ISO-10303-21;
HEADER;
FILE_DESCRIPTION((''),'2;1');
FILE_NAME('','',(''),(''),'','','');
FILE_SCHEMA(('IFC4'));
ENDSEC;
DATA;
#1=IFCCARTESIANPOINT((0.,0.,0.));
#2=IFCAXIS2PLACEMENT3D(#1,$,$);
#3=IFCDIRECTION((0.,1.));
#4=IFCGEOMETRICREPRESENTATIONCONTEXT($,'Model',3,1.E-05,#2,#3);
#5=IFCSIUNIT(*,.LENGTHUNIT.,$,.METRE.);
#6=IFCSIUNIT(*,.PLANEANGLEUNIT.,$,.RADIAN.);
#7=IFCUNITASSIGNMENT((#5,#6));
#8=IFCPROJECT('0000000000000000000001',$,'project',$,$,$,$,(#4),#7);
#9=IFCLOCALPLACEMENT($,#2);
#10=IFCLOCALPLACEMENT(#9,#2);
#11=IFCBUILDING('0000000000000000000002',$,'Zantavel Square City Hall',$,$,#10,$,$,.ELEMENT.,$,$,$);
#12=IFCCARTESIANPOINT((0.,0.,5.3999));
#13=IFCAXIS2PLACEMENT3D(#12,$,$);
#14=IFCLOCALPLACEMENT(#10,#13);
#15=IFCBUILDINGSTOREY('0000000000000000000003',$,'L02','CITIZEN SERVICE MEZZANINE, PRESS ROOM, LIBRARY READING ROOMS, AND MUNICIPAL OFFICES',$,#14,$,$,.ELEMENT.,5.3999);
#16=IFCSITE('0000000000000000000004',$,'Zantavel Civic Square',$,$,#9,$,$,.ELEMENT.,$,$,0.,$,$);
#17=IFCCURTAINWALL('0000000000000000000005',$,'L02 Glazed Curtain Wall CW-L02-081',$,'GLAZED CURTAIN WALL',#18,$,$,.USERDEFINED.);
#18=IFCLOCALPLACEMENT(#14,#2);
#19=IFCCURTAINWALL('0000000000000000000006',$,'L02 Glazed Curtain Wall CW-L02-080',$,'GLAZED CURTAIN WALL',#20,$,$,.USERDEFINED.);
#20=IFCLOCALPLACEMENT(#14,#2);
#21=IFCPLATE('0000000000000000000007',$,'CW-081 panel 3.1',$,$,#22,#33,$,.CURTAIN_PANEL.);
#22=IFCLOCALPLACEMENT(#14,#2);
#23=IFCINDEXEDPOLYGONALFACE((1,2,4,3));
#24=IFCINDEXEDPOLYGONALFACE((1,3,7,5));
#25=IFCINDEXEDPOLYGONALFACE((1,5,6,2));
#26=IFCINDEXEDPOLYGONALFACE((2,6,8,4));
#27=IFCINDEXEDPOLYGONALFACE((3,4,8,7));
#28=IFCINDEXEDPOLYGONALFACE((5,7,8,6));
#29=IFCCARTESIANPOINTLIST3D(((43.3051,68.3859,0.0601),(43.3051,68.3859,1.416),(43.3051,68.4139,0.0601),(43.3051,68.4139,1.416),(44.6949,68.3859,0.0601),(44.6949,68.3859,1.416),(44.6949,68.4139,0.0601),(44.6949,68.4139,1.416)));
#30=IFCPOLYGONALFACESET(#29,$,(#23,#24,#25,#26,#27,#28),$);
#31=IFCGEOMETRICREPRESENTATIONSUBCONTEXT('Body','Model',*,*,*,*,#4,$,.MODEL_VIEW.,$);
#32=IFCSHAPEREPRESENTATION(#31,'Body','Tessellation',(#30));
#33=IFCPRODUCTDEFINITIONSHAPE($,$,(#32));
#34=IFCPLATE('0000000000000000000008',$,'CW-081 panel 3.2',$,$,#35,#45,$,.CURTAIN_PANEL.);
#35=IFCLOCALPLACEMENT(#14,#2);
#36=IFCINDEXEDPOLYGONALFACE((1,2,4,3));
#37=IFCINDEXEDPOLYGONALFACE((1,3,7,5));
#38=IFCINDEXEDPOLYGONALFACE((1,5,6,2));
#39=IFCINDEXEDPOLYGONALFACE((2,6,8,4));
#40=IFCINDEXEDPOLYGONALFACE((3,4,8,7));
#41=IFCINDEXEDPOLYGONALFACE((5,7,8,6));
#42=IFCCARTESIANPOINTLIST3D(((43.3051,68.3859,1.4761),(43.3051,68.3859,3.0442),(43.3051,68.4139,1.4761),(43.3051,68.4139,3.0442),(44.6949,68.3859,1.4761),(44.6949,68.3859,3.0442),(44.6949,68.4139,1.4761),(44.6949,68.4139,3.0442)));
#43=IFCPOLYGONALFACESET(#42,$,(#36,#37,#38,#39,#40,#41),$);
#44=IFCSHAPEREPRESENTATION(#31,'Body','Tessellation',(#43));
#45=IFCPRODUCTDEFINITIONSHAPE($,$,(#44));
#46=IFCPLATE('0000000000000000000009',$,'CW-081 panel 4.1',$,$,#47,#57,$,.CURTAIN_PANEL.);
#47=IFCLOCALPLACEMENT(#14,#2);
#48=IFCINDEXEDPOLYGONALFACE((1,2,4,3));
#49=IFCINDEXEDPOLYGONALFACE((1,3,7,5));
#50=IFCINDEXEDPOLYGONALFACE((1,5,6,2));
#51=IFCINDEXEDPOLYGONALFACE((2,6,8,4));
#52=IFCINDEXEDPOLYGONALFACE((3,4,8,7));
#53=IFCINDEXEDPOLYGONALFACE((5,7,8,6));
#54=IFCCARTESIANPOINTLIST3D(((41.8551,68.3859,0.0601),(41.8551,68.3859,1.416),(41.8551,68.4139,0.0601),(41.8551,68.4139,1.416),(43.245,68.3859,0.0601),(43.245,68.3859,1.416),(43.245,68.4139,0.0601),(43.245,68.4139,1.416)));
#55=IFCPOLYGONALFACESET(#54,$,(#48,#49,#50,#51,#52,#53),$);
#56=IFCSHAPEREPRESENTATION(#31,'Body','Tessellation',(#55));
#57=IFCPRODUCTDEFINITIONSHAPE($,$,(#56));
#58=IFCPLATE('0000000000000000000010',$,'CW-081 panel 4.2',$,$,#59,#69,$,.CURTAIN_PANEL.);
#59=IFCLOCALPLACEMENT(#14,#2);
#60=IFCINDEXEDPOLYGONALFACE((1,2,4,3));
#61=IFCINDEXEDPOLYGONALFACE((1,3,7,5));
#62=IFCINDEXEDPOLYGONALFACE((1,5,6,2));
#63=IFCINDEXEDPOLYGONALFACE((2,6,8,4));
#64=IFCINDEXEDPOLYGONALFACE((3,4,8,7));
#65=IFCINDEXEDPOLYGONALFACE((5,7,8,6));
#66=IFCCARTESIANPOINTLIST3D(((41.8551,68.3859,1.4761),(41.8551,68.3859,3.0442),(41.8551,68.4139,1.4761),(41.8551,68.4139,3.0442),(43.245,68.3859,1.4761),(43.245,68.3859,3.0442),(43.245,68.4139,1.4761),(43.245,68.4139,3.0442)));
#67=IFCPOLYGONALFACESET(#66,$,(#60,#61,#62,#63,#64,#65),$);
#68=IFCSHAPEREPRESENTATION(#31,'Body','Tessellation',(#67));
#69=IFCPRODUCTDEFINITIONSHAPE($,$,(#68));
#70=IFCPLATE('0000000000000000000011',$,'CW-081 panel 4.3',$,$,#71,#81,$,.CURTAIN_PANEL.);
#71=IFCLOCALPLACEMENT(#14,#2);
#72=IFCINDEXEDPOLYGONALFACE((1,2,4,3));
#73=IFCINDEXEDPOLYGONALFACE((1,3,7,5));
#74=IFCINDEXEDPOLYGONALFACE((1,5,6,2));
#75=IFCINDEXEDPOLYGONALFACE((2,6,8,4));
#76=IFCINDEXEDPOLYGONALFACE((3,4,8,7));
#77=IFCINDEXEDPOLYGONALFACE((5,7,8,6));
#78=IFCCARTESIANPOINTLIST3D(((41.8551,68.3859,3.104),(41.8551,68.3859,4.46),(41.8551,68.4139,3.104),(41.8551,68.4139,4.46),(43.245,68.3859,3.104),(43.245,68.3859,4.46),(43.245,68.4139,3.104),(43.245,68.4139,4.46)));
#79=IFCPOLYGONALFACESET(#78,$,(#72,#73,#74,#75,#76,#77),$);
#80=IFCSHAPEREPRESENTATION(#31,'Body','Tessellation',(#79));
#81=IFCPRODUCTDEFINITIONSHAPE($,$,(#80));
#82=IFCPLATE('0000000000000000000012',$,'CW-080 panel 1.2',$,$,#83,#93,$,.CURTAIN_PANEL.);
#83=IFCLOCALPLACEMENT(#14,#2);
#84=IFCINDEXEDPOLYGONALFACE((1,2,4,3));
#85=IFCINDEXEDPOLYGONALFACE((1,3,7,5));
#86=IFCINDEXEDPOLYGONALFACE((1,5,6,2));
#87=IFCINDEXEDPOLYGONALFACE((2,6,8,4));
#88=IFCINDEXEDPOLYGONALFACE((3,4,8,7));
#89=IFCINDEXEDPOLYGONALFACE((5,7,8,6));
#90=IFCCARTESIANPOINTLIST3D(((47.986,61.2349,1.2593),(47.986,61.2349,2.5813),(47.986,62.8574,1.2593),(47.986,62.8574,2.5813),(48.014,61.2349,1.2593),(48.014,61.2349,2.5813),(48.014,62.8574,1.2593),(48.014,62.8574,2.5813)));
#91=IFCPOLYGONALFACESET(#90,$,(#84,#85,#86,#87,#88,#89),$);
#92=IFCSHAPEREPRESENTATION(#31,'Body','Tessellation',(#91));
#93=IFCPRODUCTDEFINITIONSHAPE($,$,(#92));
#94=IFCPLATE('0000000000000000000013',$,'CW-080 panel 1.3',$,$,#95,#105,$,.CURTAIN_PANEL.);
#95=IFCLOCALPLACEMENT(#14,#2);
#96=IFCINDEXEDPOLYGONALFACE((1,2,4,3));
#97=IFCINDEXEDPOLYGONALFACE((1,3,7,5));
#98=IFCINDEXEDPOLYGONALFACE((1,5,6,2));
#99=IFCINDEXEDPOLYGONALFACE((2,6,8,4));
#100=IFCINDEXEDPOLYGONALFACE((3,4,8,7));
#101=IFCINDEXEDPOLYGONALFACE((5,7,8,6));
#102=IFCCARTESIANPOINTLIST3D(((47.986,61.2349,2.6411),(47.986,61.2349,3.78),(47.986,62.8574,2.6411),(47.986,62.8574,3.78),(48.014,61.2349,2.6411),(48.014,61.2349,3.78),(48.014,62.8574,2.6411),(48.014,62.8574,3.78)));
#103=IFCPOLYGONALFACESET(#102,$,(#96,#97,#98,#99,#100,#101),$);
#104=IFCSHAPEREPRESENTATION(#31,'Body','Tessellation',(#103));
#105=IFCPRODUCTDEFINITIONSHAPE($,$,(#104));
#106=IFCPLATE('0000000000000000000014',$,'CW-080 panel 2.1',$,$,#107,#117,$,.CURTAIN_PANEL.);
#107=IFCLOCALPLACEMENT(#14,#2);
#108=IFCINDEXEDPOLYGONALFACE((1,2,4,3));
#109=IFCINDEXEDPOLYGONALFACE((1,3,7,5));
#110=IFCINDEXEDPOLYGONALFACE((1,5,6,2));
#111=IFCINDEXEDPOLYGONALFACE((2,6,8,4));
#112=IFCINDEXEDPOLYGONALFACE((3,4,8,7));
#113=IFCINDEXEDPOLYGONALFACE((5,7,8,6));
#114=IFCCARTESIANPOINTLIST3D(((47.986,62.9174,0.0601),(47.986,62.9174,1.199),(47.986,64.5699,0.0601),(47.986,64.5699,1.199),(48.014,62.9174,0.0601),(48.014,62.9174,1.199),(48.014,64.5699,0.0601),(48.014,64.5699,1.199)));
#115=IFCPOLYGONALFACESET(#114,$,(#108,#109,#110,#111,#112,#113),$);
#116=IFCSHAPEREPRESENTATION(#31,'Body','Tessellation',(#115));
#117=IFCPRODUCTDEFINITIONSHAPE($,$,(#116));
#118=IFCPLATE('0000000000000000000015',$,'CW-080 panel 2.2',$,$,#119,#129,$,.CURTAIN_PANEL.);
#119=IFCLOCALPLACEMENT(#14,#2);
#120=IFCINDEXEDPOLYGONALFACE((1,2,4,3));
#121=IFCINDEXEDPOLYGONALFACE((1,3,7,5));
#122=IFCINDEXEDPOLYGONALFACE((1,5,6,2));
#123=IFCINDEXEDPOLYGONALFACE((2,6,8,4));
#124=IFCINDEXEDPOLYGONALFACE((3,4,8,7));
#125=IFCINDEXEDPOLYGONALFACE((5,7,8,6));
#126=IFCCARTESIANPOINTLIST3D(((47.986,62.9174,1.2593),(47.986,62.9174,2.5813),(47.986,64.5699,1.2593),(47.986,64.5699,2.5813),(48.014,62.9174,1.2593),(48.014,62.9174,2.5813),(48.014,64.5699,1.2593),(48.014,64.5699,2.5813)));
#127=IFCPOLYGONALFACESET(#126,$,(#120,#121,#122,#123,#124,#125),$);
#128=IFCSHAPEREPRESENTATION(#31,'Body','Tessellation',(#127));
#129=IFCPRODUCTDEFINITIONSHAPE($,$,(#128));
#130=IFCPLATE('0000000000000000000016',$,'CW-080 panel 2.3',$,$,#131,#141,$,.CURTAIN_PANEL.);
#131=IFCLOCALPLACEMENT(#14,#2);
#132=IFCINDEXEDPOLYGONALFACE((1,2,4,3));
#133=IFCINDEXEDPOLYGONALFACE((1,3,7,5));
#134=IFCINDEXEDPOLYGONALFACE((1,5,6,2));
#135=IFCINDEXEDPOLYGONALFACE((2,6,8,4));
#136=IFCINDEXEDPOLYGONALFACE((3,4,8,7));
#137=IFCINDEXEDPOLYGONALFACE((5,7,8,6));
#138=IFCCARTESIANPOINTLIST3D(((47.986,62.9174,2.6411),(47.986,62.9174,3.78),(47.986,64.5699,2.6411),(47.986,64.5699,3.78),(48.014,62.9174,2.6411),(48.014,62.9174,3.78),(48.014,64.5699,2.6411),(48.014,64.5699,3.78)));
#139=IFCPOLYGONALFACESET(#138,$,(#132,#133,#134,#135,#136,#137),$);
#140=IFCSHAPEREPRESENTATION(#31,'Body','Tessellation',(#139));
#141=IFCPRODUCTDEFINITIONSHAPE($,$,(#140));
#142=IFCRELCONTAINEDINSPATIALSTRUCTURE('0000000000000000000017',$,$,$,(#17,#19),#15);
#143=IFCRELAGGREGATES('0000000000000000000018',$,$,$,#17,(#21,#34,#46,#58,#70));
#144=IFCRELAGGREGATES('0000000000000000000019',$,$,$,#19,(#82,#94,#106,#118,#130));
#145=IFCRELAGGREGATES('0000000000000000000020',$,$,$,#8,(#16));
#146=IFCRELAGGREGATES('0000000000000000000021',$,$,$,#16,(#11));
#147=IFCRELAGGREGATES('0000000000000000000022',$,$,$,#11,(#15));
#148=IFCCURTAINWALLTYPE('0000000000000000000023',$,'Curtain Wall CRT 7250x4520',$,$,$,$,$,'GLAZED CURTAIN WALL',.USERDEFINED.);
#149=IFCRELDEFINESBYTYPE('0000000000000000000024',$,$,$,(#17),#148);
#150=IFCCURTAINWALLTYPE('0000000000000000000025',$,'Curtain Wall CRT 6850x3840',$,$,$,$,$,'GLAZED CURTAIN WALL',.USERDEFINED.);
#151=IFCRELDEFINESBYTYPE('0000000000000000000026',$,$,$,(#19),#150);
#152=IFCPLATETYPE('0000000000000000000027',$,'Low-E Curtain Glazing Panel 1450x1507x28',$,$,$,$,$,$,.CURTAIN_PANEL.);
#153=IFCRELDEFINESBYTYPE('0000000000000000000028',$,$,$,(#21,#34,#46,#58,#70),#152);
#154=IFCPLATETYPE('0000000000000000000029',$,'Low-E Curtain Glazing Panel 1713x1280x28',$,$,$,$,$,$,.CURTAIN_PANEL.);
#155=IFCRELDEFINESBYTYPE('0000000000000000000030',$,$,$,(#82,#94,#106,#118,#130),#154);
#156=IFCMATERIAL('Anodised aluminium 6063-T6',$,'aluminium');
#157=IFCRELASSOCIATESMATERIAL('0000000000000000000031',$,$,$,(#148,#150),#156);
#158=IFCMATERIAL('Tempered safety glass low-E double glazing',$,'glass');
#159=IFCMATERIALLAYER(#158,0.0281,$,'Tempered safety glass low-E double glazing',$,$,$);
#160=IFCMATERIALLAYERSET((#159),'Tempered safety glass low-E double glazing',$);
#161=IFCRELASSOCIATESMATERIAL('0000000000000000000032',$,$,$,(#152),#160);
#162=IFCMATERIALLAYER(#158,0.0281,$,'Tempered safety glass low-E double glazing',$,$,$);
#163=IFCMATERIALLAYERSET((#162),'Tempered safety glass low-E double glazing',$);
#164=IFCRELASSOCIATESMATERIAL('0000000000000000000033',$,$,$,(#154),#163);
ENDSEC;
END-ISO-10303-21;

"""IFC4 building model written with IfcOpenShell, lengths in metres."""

from ifc_helpers import new_model, si_unit, direction, frame, origin, origin_2d, place, context, subcontext, project, spatial, rectangle, extrude, material, layer, layer_set, type_object, element, aggregate, save


model = new_model("IFC4")

# Units and contexts
model_context = context("Model", 3, precision=1e-05, world=origin(), true_north=direction((0.0, 1.0)))
body_context = subcontext(model_context, "Body", "Model", "MODEL_VIEW")
ifc_project = project(units=[si_unit("LENGTHUNIT", "METRE"), si_unit("PLANEANGLEUNIT", "RADIAN")], contexts=[model_context])

# Site, building, storey
site_placement = place(None, origin())
site = spatial("IfcSite", under=ifc_project, at=site_placement, Name="Zantavel Civic Square", CompositionType="ELEMENT", RefElevation=0.0)
building_placement = place(site_placement, origin())
building = spatial("IfcBuilding", under=site, at=building_placement, Name="Zantavel Square City Hall", CompositionType="ELEMENT")
storey_placement = place(building_placement, frame((0.0, 0.0, 5.3999)))
storey = spatial("IfcBuildingStorey", under=building, at=storey_placement, Name="L02", Description="CITIZEN SERVICE MEZZANINE, PRESS ROOM, LIBRARY READING ROOMS, AND MUNICIPAL OFFICES", CompositionType="ELEMENT", Elevation=5.3999)

# Curtain walls
ifc_material_1 = material(Name="Anodised aluminium 6063-T6", Category="aluminium")
curtain_wall_type_1 = type_object("IfcCurtainWallType", Name="Curtain Wall CRT 7250x4520", ElementType="GLAZED CURTAIN WALL", PredefinedType="USERDEFINED", material=ifc_material_1)
curtain_wall_1_placement = place(storey_placement, origin())
curtain_wall_1 = element("IfcCurtainWall", 1, at=curtain_wall_1_placement, inside=storey, type_object=curtain_wall_type_1, Name="L02 Glazed Curtain Wall CW-L02-081", ObjectType="GLAZED CURTAIN WALL", PredefinedType="USERDEFINED")
curtain_wall_type_2 = type_object("IfcCurtainWallType", Name="Curtain Wall CRT 6850x3840", ElementType="GLAZED CURTAIN WALL", PredefinedType="USERDEFINED", material=ifc_material_1)
curtain_wall_2_placement = place(storey_placement, origin())
curtain_wall_2 = element("IfcCurtainWall", 2, at=curtain_wall_2_placement, inside=storey, type_object=curtain_wall_type_2, Name="L02 Glazed Curtain Wall CW-L02-080", ObjectType="GLAZED CURTAIN WALL", PredefinedType="USERDEFINED")

# Plates
ifc_material_2 = material(Name="Tempered safety glass low-E double glazing", Category="glass")
ifc_layer_1 = layer(ifc_material_2, 0.0281, Name="Tempered safety glass low-E double glazing")
ifc_layer_set_1 = layer_set([ifc_layer_1], Name="Tempered safety glass low-E double glazing")
plate_type_1 = type_object("IfcPlateType", Name="Low-E Curtain Glazing Panel 1450x1507x28", PredefinedType="CURTAIN_PANEL", material=ifc_layer_set_1)
plate_1_placement = place(storey_placement, frame((44.0, 68.3999, 0.0601), z_axis=(0.0, 0.0, 1.0), x_axis=(-1.0, 0.0, 0.0)))
plate_1 = element("IfcPlate", 3, at=plate_1_placement, type_object=plate_type_1, Name="CW-081 panel 3.1", PredefinedType="CURTAIN_PANEL", context=body_context, shape_type="SweptSolid", body=[
    extrude(rectangle(XDim=1.3899, YDim=0.0281, at=origin_2d()), origin(), (0.0, 0.0, 1.0), 1.356),
])
plate_2_placement = place(storey_placement, frame((44.0, 68.3999, 1.4761), z_axis=(0.0, 0.0, 1.0), x_axis=(-1.0, 0.0, 0.0)))
plate_2 = element("IfcPlate", 4, at=plate_2_placement, type_object=plate_type_1, Name="CW-081 panel 3.2", PredefinedType="CURTAIN_PANEL", context=body_context, shape_type="SweptSolid", body=[
    extrude(rectangle(XDim=1.3899, YDim=0.0281, at=origin_2d()), origin(), (0.0, 0.0, 1.0), 1.5681),
])
plate_3_placement = place(storey_placement, frame((42.55, 68.3999, 0.0601), z_axis=(0.0, 0.0, 1.0), x_axis=(-1.0, 0.0, 0.0)))
plate_3 = element("IfcPlate", 5, at=plate_3_placement, type_object=plate_type_1, Name="CW-081 panel 4.1", PredefinedType="CURTAIN_PANEL", context=body_context, shape_type="SweptSolid", body=[
    extrude(rectangle(XDim=1.3899, YDim=0.0281, at=origin_2d()), origin(), (0.0, 0.0, 1.0), 1.356),
])
plate_4_placement = place(storey_placement, frame((42.55, 68.3999, 1.4761), z_axis=(0.0, 0.0, 1.0), x_axis=(-1.0, 0.0, 0.0)))
plate_4 = element("IfcPlate", 6, at=plate_4_placement, type_object=plate_type_1, Name="CW-081 panel 4.2", PredefinedType="CURTAIN_PANEL", context=body_context, shape_type="SweptSolid", body=[
    extrude(rectangle(XDim=1.3899, YDim=0.0281, at=origin_2d()), origin(), (0.0, 0.0, 1.0), 1.5681),
])
plate_5_placement = place(storey_placement, frame((42.55, 68.3999, 3.104), z_axis=(0.0, 0.0, 1.0), x_axis=(-1.0, 0.0, 0.0)))
plate_5 = element("IfcPlate", 7, at=plate_5_placement, type_object=plate_type_1, Name="CW-081 panel 4.3", PredefinedType="CURTAIN_PANEL", context=body_context, shape_type="SweptSolid", body=[
    extrude(rectangle(XDim=1.3899, YDim=0.0281, at=origin_2d()), origin(), (0.0, 0.0, 1.0), 1.356),
])
aggregate(curtain_wall_1, [plate_1, plate_2, plate_3, plate_4, plate_5])
ifc_layer_2 = layer(ifc_material_2, 0.0281, Name="Tempered safety glass low-E double glazing")
ifc_layer_set_2 = layer_set([ifc_layer_2], Name="Tempered safety glass low-E double glazing")
plate_type_2 = type_object("IfcPlateType", Name="Low-E Curtain Glazing Panel 1713x1280x28", PredefinedType="CURTAIN_PANEL", material=ifc_layer_set_2)
plate_6_placement = place(storey_placement, frame((48.0, 62.0461, 1.2593), z_axis=(0.0, 0.0, 1.0), x_axis=(0.0, 1.0, 0.0)))
plate_6 = element("IfcPlate", 8, at=plate_6_placement, type_object=plate_type_2, Name="CW-080 panel 1.2", PredefinedType="CURTAIN_PANEL", context=body_context, shape_type="SweptSolid", body=[
    extrude(rectangle(XDim=1.6226, YDim=0.0281, at=origin_2d()), origin(), (0.0, 0.0, 1.0), 1.322),
])
plate_7_placement = place(storey_placement, frame((48.0, 62.0461, 2.6411), z_axis=(0.0, 0.0, 1.0), x_axis=(0.0, 1.0, 0.0)))
plate_7 = element("IfcPlate", 9, at=plate_7_placement, type_object=plate_type_2, Name="CW-080 panel 1.3", PredefinedType="CURTAIN_PANEL", context=body_context, shape_type="SweptSolid", body=[
    extrude(rectangle(XDim=1.6226, YDim=0.0281, at=origin_2d()), origin(), (0.0, 0.0, 1.0), 1.1389),
])
plate_8_placement = place(storey_placement, frame((48.0, 63.7437, 0.0601), z_axis=(0.0, 0.0, 1.0), x_axis=(0.0, 1.0, 0.0)))
plate_8 = element("IfcPlate", 10, at=plate_8_placement, type_object=plate_type_2, Name="CW-080 panel 2.1", PredefinedType="CURTAIN_PANEL", context=body_context, shape_type="SweptSolid", body=[
    extrude(rectangle(XDim=1.6526, YDim=0.0281, at=origin_2d()), origin(), (0.0, 0.0, 1.0), 1.1389),
])
plate_9_placement = place(storey_placement, frame((48.0, 63.7437, 1.2593), z_axis=(0.0, 0.0, 1.0), x_axis=(0.0, 1.0, 0.0)))
plate_9 = element("IfcPlate", 11, at=plate_9_placement, type_object=plate_type_2, Name="CW-080 panel 2.2", PredefinedType="CURTAIN_PANEL", context=body_context, shape_type="SweptSolid", body=[
    extrude(rectangle(XDim=1.6526, YDim=0.0281, at=origin_2d()), origin(), (0.0, 0.0, 1.0), 1.322),
])
plate_10_placement = place(storey_placement, frame((48.0, 63.7437, 2.6411), z_axis=(0.0, 0.0, 1.0), x_axis=(0.0, 1.0, 0.0)))
plate_10 = element("IfcPlate", 12, at=plate_10_placement, type_object=plate_type_2, Name="CW-080 panel 2.3", PredefinedType="CURTAIN_PANEL", context=body_context, shape_type="SweptSolid", body=[
    extrude(rectangle(XDim=1.6526, YDim=0.0281, at=origin_2d()), origin(), (0.0, 0.0, 1.0), 1.1389),
])
aggregate(curtain_wall_2, [plate_6, plate_7, plate_8, plate_9, plate_10])

save(model, "model.ifc")
